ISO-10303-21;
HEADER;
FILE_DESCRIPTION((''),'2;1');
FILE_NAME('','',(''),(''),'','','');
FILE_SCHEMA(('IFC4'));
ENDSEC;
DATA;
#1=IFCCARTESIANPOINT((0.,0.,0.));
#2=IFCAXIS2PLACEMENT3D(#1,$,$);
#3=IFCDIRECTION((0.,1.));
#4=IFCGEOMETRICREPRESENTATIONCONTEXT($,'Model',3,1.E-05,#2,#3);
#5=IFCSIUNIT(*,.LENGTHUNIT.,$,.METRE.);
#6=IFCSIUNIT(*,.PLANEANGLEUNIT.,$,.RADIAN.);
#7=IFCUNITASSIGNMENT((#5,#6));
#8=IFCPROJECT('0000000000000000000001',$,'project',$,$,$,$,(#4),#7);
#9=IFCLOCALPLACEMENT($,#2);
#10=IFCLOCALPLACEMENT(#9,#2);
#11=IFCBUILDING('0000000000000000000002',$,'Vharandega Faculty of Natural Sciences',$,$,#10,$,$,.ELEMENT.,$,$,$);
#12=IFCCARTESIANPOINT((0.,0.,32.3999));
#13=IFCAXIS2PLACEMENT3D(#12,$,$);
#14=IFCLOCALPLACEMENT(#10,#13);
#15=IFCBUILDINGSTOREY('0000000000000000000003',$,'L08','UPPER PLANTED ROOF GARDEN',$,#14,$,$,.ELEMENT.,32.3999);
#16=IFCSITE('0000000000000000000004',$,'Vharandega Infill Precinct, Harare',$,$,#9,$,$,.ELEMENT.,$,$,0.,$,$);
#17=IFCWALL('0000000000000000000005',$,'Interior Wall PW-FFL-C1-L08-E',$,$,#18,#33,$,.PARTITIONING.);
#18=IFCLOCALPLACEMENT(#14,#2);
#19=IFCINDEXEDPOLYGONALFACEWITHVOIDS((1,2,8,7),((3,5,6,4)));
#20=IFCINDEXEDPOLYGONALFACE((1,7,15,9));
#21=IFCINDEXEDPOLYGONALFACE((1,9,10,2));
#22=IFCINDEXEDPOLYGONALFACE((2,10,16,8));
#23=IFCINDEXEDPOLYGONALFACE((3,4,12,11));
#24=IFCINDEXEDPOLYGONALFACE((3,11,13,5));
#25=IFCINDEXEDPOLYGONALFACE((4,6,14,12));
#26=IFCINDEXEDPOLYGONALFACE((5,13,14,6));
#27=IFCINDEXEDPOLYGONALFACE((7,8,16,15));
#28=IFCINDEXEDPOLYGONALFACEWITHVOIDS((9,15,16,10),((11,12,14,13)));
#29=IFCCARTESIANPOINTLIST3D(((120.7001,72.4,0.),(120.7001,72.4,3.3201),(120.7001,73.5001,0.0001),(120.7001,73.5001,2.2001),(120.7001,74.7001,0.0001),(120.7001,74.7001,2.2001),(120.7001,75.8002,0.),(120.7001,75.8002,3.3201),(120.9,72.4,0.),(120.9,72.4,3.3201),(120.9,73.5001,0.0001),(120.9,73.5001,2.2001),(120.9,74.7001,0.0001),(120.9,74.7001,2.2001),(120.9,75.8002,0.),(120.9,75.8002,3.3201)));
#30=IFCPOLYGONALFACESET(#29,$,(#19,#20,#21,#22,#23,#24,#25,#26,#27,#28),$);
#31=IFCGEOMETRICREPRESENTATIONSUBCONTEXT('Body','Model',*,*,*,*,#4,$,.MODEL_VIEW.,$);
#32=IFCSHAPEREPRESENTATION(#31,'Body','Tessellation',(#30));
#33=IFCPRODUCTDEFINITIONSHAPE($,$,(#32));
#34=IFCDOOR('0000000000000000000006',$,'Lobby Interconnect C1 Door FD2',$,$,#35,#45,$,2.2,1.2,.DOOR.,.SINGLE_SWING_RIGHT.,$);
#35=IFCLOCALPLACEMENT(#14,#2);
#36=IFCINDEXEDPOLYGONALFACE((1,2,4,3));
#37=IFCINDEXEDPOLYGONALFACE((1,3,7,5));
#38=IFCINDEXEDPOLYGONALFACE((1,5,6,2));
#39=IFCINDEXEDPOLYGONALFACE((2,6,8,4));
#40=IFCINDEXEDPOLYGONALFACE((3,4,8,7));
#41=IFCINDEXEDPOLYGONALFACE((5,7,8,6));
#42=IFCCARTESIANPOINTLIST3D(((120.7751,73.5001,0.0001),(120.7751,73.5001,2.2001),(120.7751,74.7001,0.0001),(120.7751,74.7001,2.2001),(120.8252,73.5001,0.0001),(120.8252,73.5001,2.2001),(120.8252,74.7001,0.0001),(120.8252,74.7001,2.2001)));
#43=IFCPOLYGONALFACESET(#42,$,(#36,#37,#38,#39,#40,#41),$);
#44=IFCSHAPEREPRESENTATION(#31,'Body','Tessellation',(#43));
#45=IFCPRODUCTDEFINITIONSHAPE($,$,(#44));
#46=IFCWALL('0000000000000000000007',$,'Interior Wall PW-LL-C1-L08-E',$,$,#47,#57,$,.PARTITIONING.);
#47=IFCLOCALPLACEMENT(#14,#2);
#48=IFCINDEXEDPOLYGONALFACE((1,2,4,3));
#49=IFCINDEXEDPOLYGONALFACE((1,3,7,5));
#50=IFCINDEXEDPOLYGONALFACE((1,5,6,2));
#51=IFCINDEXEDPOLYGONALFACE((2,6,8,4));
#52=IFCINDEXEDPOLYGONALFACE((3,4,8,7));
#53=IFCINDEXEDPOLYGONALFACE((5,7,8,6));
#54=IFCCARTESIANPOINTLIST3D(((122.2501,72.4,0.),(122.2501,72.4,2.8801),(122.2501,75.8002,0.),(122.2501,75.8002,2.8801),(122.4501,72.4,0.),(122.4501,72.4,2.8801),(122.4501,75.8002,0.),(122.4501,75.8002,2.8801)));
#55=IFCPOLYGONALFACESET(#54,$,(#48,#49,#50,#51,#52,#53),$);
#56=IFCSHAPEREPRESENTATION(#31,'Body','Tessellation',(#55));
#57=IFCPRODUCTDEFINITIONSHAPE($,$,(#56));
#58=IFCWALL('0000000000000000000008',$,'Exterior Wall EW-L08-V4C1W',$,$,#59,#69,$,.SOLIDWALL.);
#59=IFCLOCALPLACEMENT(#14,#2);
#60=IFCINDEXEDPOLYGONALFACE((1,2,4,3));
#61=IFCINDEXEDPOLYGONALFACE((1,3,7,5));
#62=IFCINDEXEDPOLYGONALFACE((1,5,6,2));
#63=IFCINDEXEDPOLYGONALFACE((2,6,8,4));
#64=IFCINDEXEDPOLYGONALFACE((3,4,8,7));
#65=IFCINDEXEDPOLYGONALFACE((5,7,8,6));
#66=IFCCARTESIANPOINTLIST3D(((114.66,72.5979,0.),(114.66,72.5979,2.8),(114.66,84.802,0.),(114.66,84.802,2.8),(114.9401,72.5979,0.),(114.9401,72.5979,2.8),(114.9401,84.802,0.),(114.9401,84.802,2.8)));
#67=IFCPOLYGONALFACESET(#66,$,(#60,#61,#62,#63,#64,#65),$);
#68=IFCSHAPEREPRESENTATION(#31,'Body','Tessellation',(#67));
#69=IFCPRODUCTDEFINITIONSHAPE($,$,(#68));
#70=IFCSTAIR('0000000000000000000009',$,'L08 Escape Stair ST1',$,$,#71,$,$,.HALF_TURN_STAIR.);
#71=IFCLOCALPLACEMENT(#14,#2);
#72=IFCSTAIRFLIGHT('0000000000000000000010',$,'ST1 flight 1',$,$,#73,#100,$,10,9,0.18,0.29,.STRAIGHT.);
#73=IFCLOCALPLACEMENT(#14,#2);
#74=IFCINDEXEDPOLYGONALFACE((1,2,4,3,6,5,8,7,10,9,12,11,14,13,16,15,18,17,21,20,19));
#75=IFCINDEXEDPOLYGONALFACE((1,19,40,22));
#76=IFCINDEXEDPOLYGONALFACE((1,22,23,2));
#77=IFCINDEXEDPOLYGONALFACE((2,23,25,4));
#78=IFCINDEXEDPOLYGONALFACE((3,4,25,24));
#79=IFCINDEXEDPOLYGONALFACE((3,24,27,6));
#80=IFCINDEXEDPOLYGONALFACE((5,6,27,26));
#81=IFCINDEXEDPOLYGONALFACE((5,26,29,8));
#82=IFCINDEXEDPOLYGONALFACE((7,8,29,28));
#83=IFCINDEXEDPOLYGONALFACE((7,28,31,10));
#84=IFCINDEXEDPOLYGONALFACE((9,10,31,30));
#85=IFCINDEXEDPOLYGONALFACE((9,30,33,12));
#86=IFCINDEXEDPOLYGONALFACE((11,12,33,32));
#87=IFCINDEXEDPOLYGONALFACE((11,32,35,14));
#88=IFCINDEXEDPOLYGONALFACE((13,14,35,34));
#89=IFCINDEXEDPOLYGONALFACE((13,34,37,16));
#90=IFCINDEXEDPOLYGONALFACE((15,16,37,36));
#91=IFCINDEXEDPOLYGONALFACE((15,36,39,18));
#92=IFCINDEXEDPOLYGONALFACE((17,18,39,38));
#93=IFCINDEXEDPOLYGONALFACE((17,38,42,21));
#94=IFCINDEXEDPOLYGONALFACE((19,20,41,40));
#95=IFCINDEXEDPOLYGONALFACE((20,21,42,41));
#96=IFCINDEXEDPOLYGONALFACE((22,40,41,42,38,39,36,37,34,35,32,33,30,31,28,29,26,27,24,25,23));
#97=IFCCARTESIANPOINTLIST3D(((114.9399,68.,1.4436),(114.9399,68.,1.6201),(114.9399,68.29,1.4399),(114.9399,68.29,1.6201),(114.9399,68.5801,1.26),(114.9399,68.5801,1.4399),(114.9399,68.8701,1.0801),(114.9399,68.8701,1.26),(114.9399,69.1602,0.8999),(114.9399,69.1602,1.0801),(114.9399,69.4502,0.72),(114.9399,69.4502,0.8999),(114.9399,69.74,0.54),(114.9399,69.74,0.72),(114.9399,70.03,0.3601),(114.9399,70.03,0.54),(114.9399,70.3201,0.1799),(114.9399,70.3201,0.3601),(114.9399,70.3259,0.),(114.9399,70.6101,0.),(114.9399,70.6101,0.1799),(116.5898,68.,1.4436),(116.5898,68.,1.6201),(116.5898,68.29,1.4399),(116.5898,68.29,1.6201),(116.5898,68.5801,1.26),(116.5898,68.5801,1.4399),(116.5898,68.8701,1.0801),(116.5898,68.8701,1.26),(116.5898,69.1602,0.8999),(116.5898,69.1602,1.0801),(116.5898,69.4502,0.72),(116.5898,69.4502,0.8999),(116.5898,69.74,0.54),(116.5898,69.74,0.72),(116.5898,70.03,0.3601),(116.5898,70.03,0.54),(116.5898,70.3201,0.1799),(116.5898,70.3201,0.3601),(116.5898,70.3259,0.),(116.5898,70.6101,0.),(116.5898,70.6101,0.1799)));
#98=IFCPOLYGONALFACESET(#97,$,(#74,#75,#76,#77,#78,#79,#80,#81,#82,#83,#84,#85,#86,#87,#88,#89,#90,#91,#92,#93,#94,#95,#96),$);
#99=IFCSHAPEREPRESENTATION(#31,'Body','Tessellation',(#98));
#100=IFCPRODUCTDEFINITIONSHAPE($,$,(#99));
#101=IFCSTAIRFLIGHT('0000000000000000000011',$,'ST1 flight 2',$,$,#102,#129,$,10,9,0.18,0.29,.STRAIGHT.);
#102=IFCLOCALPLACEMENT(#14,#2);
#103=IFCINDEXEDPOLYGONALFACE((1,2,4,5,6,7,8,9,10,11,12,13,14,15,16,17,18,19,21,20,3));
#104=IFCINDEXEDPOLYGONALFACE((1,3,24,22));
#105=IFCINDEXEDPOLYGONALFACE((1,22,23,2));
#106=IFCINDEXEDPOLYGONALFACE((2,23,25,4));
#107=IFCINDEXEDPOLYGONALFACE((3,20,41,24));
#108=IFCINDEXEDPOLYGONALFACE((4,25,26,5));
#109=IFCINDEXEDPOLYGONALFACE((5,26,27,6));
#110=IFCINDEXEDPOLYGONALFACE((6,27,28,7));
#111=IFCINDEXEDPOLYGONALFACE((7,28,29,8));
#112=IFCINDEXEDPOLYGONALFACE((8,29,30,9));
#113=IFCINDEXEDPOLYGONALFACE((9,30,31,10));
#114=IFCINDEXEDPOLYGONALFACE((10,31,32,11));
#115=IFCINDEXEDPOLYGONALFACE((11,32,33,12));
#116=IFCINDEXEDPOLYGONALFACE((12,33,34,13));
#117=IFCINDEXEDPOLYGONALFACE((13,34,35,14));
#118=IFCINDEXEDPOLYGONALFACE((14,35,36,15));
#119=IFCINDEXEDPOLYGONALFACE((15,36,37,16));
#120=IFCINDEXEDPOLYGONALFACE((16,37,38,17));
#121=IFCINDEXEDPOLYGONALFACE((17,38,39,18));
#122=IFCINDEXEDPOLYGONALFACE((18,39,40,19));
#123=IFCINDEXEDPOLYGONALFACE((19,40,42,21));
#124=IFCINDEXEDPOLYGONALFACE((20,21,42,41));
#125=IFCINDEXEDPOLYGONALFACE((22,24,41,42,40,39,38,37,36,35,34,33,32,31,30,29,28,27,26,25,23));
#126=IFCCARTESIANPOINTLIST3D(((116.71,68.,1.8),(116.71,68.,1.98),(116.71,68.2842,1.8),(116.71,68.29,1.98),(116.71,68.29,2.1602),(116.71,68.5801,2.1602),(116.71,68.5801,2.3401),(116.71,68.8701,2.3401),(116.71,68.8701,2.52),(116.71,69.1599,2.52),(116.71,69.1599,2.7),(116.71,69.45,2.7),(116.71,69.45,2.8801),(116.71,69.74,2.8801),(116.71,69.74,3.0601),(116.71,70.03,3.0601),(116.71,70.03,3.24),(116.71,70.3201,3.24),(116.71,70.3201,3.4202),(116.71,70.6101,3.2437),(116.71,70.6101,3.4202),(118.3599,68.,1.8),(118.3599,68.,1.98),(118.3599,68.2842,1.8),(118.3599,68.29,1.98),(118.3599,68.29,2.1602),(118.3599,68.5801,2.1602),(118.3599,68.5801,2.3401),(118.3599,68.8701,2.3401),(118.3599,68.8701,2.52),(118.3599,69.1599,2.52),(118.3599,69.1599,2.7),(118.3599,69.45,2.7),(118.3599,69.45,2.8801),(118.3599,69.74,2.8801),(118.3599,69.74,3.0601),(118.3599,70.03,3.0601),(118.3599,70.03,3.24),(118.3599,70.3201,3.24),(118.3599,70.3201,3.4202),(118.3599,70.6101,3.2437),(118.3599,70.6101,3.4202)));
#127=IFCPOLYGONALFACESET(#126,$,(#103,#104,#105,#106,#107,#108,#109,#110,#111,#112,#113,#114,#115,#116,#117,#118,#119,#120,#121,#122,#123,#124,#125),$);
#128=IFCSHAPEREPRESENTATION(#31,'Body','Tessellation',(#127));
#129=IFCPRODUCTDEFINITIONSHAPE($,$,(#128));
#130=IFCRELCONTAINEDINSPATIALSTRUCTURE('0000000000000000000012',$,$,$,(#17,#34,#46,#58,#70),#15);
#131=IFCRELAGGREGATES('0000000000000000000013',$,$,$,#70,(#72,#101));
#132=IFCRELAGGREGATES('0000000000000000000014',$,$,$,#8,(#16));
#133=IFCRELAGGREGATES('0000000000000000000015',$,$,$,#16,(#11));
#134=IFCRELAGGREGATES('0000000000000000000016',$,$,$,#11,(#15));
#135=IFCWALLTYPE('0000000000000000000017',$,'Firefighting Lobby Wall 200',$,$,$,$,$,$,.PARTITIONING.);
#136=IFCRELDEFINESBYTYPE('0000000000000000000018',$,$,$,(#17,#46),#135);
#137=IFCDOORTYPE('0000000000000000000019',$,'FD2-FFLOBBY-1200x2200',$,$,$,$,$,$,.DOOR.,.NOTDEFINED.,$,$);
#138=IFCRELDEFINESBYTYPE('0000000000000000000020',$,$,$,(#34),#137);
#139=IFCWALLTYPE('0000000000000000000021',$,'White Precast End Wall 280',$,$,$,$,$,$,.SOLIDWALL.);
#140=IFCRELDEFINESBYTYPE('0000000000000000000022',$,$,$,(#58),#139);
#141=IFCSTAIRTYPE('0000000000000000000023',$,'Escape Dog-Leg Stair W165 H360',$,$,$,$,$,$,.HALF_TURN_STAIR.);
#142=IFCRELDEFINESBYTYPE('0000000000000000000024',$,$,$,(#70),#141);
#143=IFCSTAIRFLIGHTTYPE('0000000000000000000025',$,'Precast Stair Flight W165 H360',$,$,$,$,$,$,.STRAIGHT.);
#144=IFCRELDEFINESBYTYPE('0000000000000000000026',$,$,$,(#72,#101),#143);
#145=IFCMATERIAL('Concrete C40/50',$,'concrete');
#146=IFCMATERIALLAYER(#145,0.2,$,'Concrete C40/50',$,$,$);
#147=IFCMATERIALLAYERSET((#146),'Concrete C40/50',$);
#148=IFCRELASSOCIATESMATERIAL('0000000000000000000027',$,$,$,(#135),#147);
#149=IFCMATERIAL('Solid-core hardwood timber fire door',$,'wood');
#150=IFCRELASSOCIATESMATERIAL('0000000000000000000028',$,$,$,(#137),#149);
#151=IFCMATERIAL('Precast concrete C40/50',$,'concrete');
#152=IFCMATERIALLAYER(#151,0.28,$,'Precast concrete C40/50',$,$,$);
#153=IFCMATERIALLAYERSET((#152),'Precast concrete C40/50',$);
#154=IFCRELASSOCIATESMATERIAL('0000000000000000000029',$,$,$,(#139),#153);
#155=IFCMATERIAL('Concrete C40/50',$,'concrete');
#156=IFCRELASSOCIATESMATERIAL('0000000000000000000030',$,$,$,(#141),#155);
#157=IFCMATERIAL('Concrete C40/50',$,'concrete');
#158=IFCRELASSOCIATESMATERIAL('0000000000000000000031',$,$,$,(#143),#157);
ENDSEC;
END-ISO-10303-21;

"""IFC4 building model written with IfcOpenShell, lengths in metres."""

from ifc_helpers import new_model, si_unit, direction, frame, frame_2d, origin, place, context, subcontext, project, spatial, polyline, rectangle, outline, extrude, material, layer, layer_set, type_object, element, fill, aggregate, save


model = new_model("IFC4")

# Units and contexts
model_context = context("Model", 3, precision=1e-05, world=origin(), true_north=direction((0.0, 1.0)))
body_context = subcontext(model_context, "Body", "Model", "MODEL_VIEW")
ifc_project = project(units=[si_unit("LENGTHUNIT", "METRE"), si_unit("PLANEANGLEUNIT", "RADIAN")], contexts=[model_context])

# Site, building, storey
site_placement = place(None, origin())
site = spatial("IfcSite", under=ifc_project, at=site_placement, Name="Vharandega Infill Precinct, Harare", CompositionType="ELEMENT", RefElevation=0.0)
building_placement = place(site_placement, origin())
building = spatial("IfcBuilding", under=site, at=building_placement, Name="Vharandega Faculty of Natural Sciences", CompositionType="ELEMENT")
storey_placement = place(building_placement, frame((0.0, 0.0, 32.3999)))
storey = spatial("IfcBuildingStorey", under=building, at=storey_placement, Name="L08", Description="UPPER PLANTED ROOF GARDEN", CompositionType="ELEMENT", Elevation=32.3999)

# Shared definitions
ifc_material_1 = material(Name="Concrete C40/50", Category="concrete")
ifc_layer_1 = layer(ifc_material_1, 0.2, Name="Concrete C40/50")
ifc_layer_set_1 = layer_set([ifc_layer_1], Name="Concrete C40/50")
wall_type_1 = type_object("IfcWallType", Name="Firefighting Lobby Wall 200", PredefinedType="PARTITIONING", material=ifc_layer_set_1)
ifc_material_2 = material(Name="Solid-core hardwood timber fire door", Category="wood")
door_type_1 = type_object("IfcDoorType", Name="FD2-FFLOBBY-1200x2200", OperationType="NOTDEFINED", PredefinedType="DOOR", material=ifc_material_2)

# Wall, opening, door
wall_1_placement = place(storey_placement, frame((120.8, 72.3999, 0.0), z_axis=(0.0, 0.0, 1.0), x_axis=(0.0, 1.0, 0.0)))
wall_1 = element("IfcWall", 1, at=wall_1_placement, inside=storey, type_object=wall_type_1, Name="Interior Wall PW-FFL-C1-L08-E", PredefinedType="PARTITIONING", context=body_context, shape_type="SweptSolid", body=[
    extrude(rectangle(XDim=3.4001, YDim=0.2, at=frame_2d((1.7002, 0.0))), origin(), (0.0, 0.0, 1.0), 3.3201),
])
opening_1_placement = place(wall_1_placement, frame((1.1001, 0.0, 0.0)))
opening_1 = element("IfcOpeningElement", 2, at=opening_1_placement, cuts=wall_1, PredefinedType="OPENING", context=body_context, shape_type="SweptSolid", body=[
    extrude(rectangle(XDim=1.2, YDim=2.2, at=frame_2d((0.6001, 1.1001))), frame((0.0, 0.1099, 0.0), z_axis=(0.0, -1.0, 0.0), x_axis=(1.0, 0.0, 0.0)), (0.0, 0.0, 1.0), 0.22),
])
door_1_placement = place(opening_1_placement, origin())
door_1 = element("IfcDoor", 3, at=door_1_placement, inside=storey, type_object=door_type_1, Name="Lobby Interconnect C1 Door FD2", OperationType="SINGLE_SWING_RIGHT", OverallHeight=2.2, OverallWidth=1.2, PredefinedType="DOOR", context=body_context, shape_type="SweptSolid", body=[
    extrude(rectangle(XDim=1.2, YDim=2.2, at=frame_2d((0.6001, 1.1001))), frame((0.0, 0.0249, 0.0), z_axis=(0.0, -1.0, 0.0), x_axis=(1.0, 0.0, 0.0)), (0.0, 0.0, 1.0), 0.05),
])
fill(opening_1, door_1)

# Walls
wall_2_placement = place(storey_placement, frame((122.3501, 72.3999, 0.0), z_axis=(0.0, 0.0, 1.0), x_axis=(0.0, 1.0, 0.0)))
element("IfcWall", 4, at=wall_2_placement, inside=storey, type_object=wall_type_1, Name="Interior Wall PW-LL-C1-L08-E", PredefinedType="PARTITIONING", context=body_context, shape_type="SweptSolid", body=[
    extrude(rectangle(XDim=3.4001, YDim=0.2, at=frame_2d((1.7002, 0.0))), origin(), (0.0, 0.0, 1.0), 2.8801),
])
ifc_material_3 = material(Name="Precast concrete C40/50", Category="concrete")
ifc_layer_2 = layer(ifc_material_3, 0.28, Name="Precast concrete C40/50")
ifc_layer_set_2 = layer_set([ifc_layer_2], Name="Precast concrete C40/50")
wall_type_2 = type_object("IfcWallType", Name="White Precast End Wall 280", PredefinedType="SOLIDWALL", material=ifc_layer_set_2)
wall_3_placement = place(storey_placement, frame((114.8, 72.5979, 0.0), z_axis=(0.0, 0.0, 1.0), x_axis=(0.0, 1.0, 0.0)))
element("IfcWall", 5, at=wall_3_placement, inside=storey, type_object=wall_type_2, Name="Exterior Wall EW-L08-V4C1W", PredefinedType="SOLIDWALL", context=body_context, shape_type="SweptSolid", body=[
    extrude(rectangle(XDim=12.2041, YDim=0.28, at=frame_2d((6.1021, 0.0))), origin(), (0.0, 0.0, 1.0), 2.8),
])

# Stair, stair flights
ifc_material_4 = material(Name="Concrete C40/50", Category="concrete")
stair_type = type_object("IfcStairType", Name="Escape Dog-Leg Stair W165 H360", PredefinedType="HALF_TURN_STAIR", material=ifc_material_4)
stair_placement = place(storey_placement, origin())
stair = element("IfcStair", 6, at=stair_placement, inside=storey, type_object=stair_type, Name="L08 Escape Stair ST1", PredefinedType="HALF_TURN_STAIR")
ifc_material_5 = material(Name="Concrete C40/50", Category="concrete")
stair_flight_type = type_object("IfcStairFlightType", Name="Precast Stair Flight W165 H360", PredefinedType="STRAIGHT", material=ifc_material_5)
stair_flight_1_placement = place(storey_placement, frame((115.7649, 70.6101, 0.0), z_axis=(0.0, 0.0, 1.0), x_axis=(0.0, -1.0, 0.0)))
stair_flight_1 = element("IfcStairFlight", 7, at=stair_flight_1_placement, type_object=stair_flight_type, Name="ST1 flight 1", NumberOfRisers=10, NumberOfTreads=9, PredefinedType="STRAIGHT", RiserHeight=0.18, TreadLength=0.29, context=body_context, shape_type="SweptSolid", body=[
    extrude(outline(polyline([(0.0, 0.0), (0.0, 0.1799), (0.29, 0.1799), (0.29, 0.3601), (0.5801, 0.3601), (0.5801, 0.54), (0.8701, 0.54), (0.8701, 0.72), (1.1599, 0.72), (1.1599, 0.8999), (1.45, 0.8999), (1.45, 1.0801), (1.74, 1.0801), (1.74, 1.26), (2.03, 1.26), (2.03, 1.4399), (2.3201, 1.4399), (2.3201, 1.6201), (2.6101, 1.6201), (2.6101, 1.8), (2.6101, 1.4436), (0.2842, 0.0), (0.0, 0.0)])), frame((0.0, 0.825, 0.0), z_axis=(0.0, -1.0, 0.0), x_axis=(1.0, 0.0, 0.0)), (0.0, 0.0, 1.0), 1.6499),
])
stair_flight_2_placement = place(storey_placement, frame((117.5349, 68.0, 1.8), z_axis=(0.0, 0.0, 1.0), x_axis=(0.0, 1.0, 0.0)))
stair_flight_2 = element("IfcStairFlight", 8, at=stair_flight_2_placement, type_object=stair_flight_type, Name="ST1 flight 2", NumberOfRisers=10, NumberOfTreads=9, PredefinedType="STRAIGHT", RiserHeight=0.18, TreadLength=0.29, context=body_context, shape_type="SweptSolid", body=[
    extrude(outline(polyline([(0.0, 0.0), (0.0, 0.1799), (0.29, 0.1799), (0.29, 0.3601), (0.5801, 0.3601), (0.5801, 0.54), (0.8701, 0.54), (0.8701, 0.72), (1.1599, 0.72), (1.1599, 0.8999), (1.45, 0.8999), (1.45, 1.0801), (1.74, 1.0801), (1.74, 1.26), (2.03, 1.26), (2.03, 1.4399), (2.3201, 1.4399), (2.3201, 1.6201), (2.6101, 1.6201), (2.6101, 1.8), (2.6101, 1.4436), (0.2842, 0.0), (0.0, 0.0)])), frame((0.0, 0.825, 0.0), z_axis=(0.0, -1.0, 0.0), x_axis=(1.0, 0.0, 0.0)), (0.0, 0.0, 1.0), 1.6499),
])
aggregate(stair, [stair_flight_1, stair_flight_2])

save(model, "model.ifc")
